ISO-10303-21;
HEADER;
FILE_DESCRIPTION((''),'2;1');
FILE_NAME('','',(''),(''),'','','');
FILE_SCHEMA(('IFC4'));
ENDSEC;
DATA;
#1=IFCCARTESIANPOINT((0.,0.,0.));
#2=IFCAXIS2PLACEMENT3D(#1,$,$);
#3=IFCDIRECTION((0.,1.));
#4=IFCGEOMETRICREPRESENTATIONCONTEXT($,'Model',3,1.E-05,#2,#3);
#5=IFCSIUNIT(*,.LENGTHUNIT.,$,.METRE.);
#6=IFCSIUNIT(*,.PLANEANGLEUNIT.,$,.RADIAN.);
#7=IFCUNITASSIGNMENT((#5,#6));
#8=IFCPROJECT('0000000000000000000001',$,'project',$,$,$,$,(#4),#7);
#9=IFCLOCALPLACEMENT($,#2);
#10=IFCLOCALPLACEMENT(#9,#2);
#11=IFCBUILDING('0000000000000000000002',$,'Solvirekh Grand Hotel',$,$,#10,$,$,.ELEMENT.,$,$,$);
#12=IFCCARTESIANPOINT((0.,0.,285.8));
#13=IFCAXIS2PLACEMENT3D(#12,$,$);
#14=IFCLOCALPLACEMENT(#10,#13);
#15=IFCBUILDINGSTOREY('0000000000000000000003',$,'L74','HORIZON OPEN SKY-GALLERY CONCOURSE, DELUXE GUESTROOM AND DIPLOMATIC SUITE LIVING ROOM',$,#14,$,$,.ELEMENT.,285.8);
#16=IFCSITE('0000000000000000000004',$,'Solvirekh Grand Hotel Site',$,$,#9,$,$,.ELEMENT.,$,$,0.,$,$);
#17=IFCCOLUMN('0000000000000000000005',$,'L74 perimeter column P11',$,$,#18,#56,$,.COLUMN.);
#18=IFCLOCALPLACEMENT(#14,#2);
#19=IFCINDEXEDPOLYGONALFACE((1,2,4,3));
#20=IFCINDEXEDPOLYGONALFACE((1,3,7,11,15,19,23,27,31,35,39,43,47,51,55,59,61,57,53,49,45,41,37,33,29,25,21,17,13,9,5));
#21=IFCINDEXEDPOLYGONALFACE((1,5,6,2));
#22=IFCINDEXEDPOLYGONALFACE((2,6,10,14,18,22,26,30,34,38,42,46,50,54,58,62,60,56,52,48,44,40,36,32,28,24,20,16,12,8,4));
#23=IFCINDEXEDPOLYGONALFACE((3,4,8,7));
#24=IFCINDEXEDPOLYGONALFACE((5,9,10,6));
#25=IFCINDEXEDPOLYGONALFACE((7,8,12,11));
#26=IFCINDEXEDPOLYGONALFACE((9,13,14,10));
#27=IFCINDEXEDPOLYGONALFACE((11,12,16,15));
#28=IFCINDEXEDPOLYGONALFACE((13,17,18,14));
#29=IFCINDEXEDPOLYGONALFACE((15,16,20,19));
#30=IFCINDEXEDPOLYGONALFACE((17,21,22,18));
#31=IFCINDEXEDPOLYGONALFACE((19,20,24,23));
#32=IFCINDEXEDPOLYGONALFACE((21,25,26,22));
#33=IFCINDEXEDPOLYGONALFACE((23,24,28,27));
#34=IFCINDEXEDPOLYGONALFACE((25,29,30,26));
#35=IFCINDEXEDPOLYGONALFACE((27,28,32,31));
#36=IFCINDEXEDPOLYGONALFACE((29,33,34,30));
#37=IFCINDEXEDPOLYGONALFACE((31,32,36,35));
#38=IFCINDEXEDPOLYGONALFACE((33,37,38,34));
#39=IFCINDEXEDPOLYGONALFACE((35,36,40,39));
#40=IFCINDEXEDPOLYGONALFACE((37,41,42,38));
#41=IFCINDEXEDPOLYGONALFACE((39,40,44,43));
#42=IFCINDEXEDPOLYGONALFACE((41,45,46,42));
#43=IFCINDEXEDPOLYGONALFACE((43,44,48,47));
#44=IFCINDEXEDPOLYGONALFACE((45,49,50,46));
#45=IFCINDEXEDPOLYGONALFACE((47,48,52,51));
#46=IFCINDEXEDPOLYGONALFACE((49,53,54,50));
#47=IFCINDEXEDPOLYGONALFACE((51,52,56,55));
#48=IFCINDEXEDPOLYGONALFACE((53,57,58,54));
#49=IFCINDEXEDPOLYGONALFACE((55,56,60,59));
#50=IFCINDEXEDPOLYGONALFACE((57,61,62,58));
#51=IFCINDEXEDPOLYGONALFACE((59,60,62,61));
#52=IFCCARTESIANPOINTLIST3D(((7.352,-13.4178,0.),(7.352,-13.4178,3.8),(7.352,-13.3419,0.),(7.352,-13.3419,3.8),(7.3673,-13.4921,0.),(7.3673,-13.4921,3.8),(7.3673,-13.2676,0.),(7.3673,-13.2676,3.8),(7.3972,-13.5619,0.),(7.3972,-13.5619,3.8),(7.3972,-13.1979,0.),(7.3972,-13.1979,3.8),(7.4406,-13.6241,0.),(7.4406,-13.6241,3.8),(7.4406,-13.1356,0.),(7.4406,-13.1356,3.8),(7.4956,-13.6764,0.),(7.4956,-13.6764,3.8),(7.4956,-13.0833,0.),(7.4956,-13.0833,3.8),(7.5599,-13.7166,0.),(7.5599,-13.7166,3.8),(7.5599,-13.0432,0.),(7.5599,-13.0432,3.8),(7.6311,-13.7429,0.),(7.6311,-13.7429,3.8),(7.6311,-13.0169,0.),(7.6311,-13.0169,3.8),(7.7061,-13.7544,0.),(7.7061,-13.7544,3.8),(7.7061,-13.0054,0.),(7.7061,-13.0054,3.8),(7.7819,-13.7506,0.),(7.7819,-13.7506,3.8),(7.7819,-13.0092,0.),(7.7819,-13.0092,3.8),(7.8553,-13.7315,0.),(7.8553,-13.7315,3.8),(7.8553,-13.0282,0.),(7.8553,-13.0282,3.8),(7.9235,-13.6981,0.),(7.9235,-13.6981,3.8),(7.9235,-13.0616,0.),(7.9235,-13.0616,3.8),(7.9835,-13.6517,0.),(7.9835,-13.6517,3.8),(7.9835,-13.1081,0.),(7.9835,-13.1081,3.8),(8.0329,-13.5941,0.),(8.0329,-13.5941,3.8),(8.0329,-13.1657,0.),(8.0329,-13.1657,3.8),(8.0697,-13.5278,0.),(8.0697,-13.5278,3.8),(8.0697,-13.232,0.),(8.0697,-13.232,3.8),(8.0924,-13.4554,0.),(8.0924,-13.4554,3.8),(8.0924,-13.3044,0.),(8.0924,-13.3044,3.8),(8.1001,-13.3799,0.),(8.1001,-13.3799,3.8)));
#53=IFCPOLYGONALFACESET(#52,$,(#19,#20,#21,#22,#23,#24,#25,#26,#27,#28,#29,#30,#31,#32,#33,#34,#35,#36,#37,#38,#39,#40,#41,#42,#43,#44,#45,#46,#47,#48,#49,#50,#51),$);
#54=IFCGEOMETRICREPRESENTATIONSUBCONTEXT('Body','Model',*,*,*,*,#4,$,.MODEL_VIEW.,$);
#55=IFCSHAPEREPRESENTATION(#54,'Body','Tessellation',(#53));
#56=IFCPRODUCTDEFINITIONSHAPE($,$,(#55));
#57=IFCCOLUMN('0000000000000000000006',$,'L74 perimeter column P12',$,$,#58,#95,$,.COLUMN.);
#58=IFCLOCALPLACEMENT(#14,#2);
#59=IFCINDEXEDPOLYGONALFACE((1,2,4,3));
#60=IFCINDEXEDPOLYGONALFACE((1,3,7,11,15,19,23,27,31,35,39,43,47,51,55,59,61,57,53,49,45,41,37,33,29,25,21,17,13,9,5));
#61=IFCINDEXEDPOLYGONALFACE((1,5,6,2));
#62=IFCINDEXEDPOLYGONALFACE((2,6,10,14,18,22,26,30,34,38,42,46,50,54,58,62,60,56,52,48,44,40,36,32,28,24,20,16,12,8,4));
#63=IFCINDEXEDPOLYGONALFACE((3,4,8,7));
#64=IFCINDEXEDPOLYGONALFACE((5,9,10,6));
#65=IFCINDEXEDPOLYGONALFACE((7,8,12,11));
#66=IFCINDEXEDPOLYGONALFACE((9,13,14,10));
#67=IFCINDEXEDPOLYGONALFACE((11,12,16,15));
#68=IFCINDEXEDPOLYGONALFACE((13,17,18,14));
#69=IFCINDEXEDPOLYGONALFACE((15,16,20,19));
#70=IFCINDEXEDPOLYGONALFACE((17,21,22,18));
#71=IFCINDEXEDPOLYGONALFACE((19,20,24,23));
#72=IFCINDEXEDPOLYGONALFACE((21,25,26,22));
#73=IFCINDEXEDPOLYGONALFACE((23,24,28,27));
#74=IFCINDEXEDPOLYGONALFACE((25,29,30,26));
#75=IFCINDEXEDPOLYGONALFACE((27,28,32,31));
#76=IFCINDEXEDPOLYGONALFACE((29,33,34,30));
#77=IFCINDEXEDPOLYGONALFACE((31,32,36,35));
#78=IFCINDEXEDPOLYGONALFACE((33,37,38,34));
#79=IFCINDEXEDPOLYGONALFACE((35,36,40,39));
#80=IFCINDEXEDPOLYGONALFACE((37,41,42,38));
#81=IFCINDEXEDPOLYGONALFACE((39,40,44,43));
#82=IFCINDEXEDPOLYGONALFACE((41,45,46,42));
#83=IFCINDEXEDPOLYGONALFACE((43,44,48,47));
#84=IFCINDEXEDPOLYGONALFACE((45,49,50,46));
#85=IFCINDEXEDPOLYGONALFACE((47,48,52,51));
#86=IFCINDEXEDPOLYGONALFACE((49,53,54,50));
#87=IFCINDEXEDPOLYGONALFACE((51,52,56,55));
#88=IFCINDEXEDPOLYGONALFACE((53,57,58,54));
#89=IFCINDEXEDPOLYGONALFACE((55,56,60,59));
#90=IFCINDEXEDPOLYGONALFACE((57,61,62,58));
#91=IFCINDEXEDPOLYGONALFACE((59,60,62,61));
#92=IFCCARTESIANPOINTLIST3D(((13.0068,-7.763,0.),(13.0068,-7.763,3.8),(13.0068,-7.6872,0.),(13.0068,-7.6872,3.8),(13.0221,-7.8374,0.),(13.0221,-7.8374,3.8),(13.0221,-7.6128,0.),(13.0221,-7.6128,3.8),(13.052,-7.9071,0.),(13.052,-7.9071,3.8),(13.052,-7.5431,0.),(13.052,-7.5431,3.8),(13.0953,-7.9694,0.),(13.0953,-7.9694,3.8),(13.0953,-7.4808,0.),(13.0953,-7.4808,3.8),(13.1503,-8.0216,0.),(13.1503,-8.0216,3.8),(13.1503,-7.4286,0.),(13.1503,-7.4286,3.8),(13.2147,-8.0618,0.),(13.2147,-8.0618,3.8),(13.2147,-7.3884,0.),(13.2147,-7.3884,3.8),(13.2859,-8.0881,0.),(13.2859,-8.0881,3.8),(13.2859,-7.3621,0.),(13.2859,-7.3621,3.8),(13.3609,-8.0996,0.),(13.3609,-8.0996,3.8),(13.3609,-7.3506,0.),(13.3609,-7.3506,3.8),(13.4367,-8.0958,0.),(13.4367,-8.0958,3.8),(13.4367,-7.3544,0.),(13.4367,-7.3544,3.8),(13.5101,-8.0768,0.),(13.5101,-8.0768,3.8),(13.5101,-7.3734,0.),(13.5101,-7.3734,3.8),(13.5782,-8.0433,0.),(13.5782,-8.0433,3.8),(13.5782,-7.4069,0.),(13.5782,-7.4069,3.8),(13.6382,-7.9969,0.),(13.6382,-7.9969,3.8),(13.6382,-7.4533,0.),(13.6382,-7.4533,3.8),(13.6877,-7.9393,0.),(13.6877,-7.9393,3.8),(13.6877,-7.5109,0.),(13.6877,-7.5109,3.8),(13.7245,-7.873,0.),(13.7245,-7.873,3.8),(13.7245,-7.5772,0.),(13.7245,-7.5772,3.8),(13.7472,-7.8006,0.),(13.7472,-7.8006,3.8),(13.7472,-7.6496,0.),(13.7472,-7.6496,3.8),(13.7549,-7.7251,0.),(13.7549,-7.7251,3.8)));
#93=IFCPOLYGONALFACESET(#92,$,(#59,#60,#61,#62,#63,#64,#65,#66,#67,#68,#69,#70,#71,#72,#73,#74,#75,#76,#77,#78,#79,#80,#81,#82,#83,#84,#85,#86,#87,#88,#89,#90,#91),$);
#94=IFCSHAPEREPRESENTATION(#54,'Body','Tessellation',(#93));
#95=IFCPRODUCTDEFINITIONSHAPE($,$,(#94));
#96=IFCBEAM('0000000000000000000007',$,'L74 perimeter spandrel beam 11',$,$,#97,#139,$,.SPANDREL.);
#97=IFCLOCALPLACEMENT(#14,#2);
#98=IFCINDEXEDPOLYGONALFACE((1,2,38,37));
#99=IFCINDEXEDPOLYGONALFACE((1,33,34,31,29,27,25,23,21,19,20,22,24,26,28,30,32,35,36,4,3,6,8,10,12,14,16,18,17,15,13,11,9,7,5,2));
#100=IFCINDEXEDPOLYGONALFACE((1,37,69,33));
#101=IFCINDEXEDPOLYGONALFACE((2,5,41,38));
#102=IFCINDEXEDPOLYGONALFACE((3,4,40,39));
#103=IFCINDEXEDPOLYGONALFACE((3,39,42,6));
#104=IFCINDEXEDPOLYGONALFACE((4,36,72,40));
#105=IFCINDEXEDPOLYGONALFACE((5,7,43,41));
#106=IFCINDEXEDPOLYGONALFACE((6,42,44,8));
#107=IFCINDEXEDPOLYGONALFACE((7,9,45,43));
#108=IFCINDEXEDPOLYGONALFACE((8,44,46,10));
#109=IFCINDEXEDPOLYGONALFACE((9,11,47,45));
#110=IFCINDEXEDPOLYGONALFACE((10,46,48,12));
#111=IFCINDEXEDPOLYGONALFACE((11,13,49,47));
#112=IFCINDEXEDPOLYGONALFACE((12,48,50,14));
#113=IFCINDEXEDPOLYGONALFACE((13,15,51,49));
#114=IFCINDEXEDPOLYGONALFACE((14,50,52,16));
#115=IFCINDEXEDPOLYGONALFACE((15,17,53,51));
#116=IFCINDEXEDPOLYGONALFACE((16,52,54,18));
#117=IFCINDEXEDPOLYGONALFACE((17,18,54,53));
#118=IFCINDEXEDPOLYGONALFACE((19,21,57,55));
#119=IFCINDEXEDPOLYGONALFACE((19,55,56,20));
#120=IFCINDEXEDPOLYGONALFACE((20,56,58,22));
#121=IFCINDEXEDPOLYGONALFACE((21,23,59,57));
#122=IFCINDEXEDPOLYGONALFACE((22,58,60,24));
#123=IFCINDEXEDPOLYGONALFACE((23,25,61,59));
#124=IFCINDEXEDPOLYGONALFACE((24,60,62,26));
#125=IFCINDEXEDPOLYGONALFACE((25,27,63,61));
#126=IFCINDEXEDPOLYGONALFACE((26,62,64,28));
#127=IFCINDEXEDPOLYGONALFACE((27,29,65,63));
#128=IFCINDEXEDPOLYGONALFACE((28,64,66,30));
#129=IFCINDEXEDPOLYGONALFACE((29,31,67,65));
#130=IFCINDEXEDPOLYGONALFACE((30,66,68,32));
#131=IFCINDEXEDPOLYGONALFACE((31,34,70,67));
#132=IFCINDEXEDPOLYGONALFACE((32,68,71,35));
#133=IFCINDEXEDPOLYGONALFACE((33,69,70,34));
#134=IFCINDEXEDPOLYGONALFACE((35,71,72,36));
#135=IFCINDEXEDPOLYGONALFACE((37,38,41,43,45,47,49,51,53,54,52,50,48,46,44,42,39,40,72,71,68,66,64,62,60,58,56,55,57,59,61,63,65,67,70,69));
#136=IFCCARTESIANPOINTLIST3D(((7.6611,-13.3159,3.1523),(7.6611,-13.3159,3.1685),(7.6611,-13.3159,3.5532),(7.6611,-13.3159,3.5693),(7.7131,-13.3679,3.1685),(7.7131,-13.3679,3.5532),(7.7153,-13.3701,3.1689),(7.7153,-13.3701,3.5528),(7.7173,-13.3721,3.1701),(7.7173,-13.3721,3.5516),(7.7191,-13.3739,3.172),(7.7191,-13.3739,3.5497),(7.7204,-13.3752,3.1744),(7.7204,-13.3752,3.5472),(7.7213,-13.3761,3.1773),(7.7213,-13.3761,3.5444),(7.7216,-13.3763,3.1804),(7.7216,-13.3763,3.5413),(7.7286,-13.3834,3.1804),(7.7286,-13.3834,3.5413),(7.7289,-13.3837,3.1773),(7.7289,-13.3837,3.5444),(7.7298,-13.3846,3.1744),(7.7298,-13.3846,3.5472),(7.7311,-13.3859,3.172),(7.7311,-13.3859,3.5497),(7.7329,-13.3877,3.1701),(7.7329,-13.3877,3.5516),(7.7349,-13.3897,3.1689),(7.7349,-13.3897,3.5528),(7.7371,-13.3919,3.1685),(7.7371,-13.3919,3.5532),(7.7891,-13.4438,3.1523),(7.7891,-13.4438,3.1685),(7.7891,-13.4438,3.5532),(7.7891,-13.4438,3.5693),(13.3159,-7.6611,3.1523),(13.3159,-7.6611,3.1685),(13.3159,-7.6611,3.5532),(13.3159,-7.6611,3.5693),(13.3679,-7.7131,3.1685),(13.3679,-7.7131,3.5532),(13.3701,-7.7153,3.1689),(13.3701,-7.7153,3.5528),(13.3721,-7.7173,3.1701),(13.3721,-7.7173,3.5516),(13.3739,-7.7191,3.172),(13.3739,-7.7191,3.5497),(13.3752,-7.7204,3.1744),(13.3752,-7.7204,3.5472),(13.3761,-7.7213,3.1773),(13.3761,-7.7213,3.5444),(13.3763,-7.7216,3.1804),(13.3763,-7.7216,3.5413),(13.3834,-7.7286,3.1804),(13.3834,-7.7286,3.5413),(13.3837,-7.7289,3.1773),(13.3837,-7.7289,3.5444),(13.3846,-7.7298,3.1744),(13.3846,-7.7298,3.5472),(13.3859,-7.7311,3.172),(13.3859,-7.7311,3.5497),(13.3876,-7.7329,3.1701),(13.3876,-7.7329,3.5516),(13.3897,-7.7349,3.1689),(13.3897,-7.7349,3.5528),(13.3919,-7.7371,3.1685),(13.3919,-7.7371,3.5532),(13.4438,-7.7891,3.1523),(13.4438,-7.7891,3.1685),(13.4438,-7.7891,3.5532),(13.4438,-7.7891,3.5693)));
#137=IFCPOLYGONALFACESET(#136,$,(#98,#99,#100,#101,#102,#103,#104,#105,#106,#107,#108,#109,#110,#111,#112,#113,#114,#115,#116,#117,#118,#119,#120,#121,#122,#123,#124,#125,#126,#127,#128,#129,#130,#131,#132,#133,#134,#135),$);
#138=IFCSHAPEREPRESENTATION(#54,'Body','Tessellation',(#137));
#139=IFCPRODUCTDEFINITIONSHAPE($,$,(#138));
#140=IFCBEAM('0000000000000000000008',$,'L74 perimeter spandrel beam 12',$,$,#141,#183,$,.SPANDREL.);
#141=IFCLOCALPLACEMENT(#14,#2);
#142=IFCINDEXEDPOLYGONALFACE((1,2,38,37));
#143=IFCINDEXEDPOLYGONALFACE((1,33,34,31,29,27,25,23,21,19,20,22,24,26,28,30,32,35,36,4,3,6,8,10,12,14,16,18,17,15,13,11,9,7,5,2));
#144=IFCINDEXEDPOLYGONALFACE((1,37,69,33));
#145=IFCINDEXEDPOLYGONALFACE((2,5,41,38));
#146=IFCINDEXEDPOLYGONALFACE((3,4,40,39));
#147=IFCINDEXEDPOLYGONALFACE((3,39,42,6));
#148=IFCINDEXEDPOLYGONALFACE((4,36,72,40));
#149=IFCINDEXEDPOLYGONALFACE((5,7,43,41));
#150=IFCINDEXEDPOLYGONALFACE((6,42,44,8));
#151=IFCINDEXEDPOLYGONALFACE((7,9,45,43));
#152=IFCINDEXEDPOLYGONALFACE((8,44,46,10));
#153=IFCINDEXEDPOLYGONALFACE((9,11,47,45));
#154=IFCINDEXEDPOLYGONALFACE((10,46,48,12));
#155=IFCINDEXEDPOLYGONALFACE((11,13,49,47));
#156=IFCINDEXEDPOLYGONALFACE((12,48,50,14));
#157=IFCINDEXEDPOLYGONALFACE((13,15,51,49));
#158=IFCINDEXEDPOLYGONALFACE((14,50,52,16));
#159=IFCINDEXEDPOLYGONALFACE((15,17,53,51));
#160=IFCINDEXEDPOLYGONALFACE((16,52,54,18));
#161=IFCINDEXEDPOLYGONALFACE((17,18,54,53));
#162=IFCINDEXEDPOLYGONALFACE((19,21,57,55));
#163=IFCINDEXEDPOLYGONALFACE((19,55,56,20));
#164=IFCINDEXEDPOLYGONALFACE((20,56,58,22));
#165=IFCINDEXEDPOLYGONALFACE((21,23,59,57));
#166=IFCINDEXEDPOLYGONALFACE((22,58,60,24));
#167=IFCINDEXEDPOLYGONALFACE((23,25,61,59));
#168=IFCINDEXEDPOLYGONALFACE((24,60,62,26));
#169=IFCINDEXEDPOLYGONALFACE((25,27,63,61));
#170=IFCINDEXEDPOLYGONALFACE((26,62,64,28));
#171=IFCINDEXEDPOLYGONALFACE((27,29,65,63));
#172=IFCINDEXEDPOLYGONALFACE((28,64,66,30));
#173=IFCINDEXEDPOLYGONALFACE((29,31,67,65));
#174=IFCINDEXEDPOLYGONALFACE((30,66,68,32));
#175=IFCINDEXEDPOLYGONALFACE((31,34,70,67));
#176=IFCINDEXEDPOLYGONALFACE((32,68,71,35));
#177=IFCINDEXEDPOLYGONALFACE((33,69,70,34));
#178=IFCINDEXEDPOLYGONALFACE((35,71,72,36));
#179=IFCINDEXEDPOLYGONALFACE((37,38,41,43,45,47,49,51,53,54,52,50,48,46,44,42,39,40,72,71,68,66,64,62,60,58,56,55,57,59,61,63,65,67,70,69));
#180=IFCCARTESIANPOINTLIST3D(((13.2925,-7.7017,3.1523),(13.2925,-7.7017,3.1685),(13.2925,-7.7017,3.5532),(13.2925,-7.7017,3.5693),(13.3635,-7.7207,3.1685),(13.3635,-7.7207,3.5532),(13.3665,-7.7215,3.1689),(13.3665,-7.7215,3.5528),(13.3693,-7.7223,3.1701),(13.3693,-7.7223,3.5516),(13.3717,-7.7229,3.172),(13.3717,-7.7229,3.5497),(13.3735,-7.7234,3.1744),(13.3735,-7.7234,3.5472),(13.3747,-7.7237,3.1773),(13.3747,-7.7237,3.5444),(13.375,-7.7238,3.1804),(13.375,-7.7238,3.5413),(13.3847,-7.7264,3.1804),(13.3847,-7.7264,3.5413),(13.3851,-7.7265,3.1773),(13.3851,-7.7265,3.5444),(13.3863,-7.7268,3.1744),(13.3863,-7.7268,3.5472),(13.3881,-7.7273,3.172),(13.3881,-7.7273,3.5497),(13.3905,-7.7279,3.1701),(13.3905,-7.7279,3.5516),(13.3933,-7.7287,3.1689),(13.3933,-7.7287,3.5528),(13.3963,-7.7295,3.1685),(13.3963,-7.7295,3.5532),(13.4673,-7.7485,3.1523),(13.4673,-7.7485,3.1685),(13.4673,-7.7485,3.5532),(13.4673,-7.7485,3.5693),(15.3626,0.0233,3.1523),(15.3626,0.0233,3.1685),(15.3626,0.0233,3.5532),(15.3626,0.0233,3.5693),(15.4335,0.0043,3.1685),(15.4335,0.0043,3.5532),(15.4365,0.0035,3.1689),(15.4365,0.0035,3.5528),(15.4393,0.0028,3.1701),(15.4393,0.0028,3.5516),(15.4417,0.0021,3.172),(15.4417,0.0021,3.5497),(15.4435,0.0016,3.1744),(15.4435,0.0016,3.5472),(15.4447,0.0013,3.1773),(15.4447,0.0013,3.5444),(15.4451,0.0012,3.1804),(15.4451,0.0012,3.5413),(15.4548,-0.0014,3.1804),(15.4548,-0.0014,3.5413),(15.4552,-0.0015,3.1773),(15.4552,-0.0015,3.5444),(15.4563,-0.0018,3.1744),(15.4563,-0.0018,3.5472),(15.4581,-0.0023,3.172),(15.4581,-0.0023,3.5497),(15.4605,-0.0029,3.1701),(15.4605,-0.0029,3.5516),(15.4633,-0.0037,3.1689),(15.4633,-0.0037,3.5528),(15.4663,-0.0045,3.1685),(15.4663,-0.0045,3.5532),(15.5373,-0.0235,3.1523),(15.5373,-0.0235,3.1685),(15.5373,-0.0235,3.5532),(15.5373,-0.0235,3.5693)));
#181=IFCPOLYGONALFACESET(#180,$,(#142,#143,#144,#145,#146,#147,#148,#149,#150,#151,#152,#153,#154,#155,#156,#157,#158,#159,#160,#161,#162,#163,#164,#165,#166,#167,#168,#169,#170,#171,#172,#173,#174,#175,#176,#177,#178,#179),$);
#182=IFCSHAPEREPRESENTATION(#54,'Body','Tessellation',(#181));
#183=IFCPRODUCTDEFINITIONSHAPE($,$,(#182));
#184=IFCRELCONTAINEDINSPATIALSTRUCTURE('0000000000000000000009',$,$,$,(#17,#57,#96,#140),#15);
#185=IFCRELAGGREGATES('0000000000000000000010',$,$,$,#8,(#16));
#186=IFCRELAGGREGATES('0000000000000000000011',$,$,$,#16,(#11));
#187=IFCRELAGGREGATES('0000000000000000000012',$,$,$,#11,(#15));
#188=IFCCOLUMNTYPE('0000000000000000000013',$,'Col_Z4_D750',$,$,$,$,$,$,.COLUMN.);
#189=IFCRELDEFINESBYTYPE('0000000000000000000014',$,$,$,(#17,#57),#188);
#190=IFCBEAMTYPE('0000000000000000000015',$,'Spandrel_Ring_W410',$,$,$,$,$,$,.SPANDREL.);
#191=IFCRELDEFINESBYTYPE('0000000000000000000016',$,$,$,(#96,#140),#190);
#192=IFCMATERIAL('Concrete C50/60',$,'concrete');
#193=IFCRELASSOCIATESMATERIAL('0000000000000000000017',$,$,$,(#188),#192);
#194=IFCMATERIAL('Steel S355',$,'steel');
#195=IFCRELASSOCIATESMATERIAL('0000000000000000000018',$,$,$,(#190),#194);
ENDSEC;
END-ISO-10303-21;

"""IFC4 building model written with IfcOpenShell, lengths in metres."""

from ifc_helpers import new_model, si_unit, direction, frame, origin, origin_2d, place, context, subcontext, project, spatial, circle, i_section, extrude, material, material_profile, profile_set, type_object, element, save


model = new_model("IFC4")

# Units and contexts
model_context = context("Model", 3, precision=1e-05, world=origin(), true_north=direction((0.0, 1.0)))
body_context = subcontext(model_context, "Body", "Model", "MODEL_VIEW")
ifc_project = project(units=[si_unit("LENGTHUNIT", "METRE"), si_unit("PLANEANGLEUNIT", "RADIAN")], contexts=[model_context])

# Site, building, storey
site_placement = place(None, origin())
site = spatial("IfcSite", under=ifc_project, at=site_placement, Name="Solvirekh Grand Hotel Site", CompositionType="ELEMENT", RefElevation=0.0)
building_placement = place(site_placement, origin())
building = spatial("IfcBuilding", under=site, at=building_placement, Name="Solvirekh Grand Hotel", CompositionType="ELEMENT")
storey_placement = place(building_placement, frame((0.0, 0.0, 285.8)))
storey = spatial("IfcBuildingStorey", under=building, at=storey_placement, Name="L74", Description="HORIZON OPEN SKY-GALLERY CONCOURSE, DELUXE GUESTROOM AND DIPLOMATIC SUITE LIVING ROOM", CompositionType="ELEMENT", Elevation=285.8)

# Columns
ifc_material_1 = material(Name="Concrete C50/60", Category="concrete")
ifc_material_profile_1 = material_profile(ifc_material_1, circle(Radius=0.375, at=origin_2d()), Name="RC CIRC D750")
ifc_profile_set_1 = profile_set([ifc_material_profile_1], Name="Concrete C50/60")
column_type = type_object("IfcColumnType", Name="Col_Z4_D750", PredefinedType="COLUMN", material=ifc_profile_set_1)
for number, where, z_axis, x_axis, name in (
    (1, (7.7251, -13.3799, 0.0), (0.0, 0.0, 1.0), (1.0, 0.0, 0.0), "L74 perimeter column P11"),
    (2, (13.3799, -7.7251, 0.0), (0.0, 0.0, 1.0), (1.0, 0.0, 0.0), "L74 perimeter column P12"),
):
    element("IfcColumn", number, at=place(storey_placement, frame(where, z_axis=z_axis, x_axis=x_axis)), inside=storey, type_object=column_type, Name=name, PredefinedType="COLUMN", context=body_context, shape_type="SweptSolid", body=[
        extrude(circle(Radius=0.375, at=origin_2d()), origin(), (0.0, 0.0, 1.0), 3.8),
    ])

# Beams
ifc_material_2 = material(Name="Steel S355", Category="steel")
ifc_material_profile_2 = material_profile(ifc_material_2, i_section(OverallWidth=0.1809, OverallDepth=0.417, WebThickness=0.01, FlangeThickness=0.0161, FilletRadius=0.012, at=origin_2d()), Name="W410X85")
ifc_profile_set_2 = profile_set([ifc_material_profile_2], Name="Steel S355")
beam_type = type_object("IfcBeamType", Name="Spandrel_Ring_W410", PredefinedType="SPANDREL", material=ifc_profile_set_2)
beam_1_placement = place(storey_placement, frame((7.7251, -13.3799, 3.3608), z_axis=(0.707107, 0.707107, 0.0), x_axis=(-0.707107, 0.707107, 0.0)))
element("IfcBeam", 3, at=beam_1_placement, inside=storey, type_object=beam_type, Name="L74 perimeter spandrel beam 11", PredefinedType="SPANDREL", context=body_context, shape_type="SweptSolid", body=[
    extrude(i_section(OverallWidth=0.1809, OverallDepth=0.417, WebThickness=0.01, FlangeThickness=0.0161, FilletRadius=0.012, at=origin_2d()), origin(), (0.0, 0.0, 1.0), 7.9971),
])
beam_2_placement = place(storey_placement, frame((13.3799, -7.7251, 3.3608), z_axis=(0.258835, 0.965922, 0.0), x_axis=(-0.965922, 0.258835, 0.0)))
element("IfcBeam", 4, at=beam_2_placement, inside=storey, type_object=beam_type, Name="L74 perimeter spandrel beam 12", PredefinedType="SPANDREL", context=body_context, shape_type="SweptSolid", body=[
    extrude(i_section(OverallWidth=0.1809, OverallDepth=0.417, WebThickness=0.01, FlangeThickness=0.0161, FilletRadius=0.012, at=origin_2d()), origin(), (0.0, 0.0, 1.0), 7.9976),
])

save(model, "model.ifc")
